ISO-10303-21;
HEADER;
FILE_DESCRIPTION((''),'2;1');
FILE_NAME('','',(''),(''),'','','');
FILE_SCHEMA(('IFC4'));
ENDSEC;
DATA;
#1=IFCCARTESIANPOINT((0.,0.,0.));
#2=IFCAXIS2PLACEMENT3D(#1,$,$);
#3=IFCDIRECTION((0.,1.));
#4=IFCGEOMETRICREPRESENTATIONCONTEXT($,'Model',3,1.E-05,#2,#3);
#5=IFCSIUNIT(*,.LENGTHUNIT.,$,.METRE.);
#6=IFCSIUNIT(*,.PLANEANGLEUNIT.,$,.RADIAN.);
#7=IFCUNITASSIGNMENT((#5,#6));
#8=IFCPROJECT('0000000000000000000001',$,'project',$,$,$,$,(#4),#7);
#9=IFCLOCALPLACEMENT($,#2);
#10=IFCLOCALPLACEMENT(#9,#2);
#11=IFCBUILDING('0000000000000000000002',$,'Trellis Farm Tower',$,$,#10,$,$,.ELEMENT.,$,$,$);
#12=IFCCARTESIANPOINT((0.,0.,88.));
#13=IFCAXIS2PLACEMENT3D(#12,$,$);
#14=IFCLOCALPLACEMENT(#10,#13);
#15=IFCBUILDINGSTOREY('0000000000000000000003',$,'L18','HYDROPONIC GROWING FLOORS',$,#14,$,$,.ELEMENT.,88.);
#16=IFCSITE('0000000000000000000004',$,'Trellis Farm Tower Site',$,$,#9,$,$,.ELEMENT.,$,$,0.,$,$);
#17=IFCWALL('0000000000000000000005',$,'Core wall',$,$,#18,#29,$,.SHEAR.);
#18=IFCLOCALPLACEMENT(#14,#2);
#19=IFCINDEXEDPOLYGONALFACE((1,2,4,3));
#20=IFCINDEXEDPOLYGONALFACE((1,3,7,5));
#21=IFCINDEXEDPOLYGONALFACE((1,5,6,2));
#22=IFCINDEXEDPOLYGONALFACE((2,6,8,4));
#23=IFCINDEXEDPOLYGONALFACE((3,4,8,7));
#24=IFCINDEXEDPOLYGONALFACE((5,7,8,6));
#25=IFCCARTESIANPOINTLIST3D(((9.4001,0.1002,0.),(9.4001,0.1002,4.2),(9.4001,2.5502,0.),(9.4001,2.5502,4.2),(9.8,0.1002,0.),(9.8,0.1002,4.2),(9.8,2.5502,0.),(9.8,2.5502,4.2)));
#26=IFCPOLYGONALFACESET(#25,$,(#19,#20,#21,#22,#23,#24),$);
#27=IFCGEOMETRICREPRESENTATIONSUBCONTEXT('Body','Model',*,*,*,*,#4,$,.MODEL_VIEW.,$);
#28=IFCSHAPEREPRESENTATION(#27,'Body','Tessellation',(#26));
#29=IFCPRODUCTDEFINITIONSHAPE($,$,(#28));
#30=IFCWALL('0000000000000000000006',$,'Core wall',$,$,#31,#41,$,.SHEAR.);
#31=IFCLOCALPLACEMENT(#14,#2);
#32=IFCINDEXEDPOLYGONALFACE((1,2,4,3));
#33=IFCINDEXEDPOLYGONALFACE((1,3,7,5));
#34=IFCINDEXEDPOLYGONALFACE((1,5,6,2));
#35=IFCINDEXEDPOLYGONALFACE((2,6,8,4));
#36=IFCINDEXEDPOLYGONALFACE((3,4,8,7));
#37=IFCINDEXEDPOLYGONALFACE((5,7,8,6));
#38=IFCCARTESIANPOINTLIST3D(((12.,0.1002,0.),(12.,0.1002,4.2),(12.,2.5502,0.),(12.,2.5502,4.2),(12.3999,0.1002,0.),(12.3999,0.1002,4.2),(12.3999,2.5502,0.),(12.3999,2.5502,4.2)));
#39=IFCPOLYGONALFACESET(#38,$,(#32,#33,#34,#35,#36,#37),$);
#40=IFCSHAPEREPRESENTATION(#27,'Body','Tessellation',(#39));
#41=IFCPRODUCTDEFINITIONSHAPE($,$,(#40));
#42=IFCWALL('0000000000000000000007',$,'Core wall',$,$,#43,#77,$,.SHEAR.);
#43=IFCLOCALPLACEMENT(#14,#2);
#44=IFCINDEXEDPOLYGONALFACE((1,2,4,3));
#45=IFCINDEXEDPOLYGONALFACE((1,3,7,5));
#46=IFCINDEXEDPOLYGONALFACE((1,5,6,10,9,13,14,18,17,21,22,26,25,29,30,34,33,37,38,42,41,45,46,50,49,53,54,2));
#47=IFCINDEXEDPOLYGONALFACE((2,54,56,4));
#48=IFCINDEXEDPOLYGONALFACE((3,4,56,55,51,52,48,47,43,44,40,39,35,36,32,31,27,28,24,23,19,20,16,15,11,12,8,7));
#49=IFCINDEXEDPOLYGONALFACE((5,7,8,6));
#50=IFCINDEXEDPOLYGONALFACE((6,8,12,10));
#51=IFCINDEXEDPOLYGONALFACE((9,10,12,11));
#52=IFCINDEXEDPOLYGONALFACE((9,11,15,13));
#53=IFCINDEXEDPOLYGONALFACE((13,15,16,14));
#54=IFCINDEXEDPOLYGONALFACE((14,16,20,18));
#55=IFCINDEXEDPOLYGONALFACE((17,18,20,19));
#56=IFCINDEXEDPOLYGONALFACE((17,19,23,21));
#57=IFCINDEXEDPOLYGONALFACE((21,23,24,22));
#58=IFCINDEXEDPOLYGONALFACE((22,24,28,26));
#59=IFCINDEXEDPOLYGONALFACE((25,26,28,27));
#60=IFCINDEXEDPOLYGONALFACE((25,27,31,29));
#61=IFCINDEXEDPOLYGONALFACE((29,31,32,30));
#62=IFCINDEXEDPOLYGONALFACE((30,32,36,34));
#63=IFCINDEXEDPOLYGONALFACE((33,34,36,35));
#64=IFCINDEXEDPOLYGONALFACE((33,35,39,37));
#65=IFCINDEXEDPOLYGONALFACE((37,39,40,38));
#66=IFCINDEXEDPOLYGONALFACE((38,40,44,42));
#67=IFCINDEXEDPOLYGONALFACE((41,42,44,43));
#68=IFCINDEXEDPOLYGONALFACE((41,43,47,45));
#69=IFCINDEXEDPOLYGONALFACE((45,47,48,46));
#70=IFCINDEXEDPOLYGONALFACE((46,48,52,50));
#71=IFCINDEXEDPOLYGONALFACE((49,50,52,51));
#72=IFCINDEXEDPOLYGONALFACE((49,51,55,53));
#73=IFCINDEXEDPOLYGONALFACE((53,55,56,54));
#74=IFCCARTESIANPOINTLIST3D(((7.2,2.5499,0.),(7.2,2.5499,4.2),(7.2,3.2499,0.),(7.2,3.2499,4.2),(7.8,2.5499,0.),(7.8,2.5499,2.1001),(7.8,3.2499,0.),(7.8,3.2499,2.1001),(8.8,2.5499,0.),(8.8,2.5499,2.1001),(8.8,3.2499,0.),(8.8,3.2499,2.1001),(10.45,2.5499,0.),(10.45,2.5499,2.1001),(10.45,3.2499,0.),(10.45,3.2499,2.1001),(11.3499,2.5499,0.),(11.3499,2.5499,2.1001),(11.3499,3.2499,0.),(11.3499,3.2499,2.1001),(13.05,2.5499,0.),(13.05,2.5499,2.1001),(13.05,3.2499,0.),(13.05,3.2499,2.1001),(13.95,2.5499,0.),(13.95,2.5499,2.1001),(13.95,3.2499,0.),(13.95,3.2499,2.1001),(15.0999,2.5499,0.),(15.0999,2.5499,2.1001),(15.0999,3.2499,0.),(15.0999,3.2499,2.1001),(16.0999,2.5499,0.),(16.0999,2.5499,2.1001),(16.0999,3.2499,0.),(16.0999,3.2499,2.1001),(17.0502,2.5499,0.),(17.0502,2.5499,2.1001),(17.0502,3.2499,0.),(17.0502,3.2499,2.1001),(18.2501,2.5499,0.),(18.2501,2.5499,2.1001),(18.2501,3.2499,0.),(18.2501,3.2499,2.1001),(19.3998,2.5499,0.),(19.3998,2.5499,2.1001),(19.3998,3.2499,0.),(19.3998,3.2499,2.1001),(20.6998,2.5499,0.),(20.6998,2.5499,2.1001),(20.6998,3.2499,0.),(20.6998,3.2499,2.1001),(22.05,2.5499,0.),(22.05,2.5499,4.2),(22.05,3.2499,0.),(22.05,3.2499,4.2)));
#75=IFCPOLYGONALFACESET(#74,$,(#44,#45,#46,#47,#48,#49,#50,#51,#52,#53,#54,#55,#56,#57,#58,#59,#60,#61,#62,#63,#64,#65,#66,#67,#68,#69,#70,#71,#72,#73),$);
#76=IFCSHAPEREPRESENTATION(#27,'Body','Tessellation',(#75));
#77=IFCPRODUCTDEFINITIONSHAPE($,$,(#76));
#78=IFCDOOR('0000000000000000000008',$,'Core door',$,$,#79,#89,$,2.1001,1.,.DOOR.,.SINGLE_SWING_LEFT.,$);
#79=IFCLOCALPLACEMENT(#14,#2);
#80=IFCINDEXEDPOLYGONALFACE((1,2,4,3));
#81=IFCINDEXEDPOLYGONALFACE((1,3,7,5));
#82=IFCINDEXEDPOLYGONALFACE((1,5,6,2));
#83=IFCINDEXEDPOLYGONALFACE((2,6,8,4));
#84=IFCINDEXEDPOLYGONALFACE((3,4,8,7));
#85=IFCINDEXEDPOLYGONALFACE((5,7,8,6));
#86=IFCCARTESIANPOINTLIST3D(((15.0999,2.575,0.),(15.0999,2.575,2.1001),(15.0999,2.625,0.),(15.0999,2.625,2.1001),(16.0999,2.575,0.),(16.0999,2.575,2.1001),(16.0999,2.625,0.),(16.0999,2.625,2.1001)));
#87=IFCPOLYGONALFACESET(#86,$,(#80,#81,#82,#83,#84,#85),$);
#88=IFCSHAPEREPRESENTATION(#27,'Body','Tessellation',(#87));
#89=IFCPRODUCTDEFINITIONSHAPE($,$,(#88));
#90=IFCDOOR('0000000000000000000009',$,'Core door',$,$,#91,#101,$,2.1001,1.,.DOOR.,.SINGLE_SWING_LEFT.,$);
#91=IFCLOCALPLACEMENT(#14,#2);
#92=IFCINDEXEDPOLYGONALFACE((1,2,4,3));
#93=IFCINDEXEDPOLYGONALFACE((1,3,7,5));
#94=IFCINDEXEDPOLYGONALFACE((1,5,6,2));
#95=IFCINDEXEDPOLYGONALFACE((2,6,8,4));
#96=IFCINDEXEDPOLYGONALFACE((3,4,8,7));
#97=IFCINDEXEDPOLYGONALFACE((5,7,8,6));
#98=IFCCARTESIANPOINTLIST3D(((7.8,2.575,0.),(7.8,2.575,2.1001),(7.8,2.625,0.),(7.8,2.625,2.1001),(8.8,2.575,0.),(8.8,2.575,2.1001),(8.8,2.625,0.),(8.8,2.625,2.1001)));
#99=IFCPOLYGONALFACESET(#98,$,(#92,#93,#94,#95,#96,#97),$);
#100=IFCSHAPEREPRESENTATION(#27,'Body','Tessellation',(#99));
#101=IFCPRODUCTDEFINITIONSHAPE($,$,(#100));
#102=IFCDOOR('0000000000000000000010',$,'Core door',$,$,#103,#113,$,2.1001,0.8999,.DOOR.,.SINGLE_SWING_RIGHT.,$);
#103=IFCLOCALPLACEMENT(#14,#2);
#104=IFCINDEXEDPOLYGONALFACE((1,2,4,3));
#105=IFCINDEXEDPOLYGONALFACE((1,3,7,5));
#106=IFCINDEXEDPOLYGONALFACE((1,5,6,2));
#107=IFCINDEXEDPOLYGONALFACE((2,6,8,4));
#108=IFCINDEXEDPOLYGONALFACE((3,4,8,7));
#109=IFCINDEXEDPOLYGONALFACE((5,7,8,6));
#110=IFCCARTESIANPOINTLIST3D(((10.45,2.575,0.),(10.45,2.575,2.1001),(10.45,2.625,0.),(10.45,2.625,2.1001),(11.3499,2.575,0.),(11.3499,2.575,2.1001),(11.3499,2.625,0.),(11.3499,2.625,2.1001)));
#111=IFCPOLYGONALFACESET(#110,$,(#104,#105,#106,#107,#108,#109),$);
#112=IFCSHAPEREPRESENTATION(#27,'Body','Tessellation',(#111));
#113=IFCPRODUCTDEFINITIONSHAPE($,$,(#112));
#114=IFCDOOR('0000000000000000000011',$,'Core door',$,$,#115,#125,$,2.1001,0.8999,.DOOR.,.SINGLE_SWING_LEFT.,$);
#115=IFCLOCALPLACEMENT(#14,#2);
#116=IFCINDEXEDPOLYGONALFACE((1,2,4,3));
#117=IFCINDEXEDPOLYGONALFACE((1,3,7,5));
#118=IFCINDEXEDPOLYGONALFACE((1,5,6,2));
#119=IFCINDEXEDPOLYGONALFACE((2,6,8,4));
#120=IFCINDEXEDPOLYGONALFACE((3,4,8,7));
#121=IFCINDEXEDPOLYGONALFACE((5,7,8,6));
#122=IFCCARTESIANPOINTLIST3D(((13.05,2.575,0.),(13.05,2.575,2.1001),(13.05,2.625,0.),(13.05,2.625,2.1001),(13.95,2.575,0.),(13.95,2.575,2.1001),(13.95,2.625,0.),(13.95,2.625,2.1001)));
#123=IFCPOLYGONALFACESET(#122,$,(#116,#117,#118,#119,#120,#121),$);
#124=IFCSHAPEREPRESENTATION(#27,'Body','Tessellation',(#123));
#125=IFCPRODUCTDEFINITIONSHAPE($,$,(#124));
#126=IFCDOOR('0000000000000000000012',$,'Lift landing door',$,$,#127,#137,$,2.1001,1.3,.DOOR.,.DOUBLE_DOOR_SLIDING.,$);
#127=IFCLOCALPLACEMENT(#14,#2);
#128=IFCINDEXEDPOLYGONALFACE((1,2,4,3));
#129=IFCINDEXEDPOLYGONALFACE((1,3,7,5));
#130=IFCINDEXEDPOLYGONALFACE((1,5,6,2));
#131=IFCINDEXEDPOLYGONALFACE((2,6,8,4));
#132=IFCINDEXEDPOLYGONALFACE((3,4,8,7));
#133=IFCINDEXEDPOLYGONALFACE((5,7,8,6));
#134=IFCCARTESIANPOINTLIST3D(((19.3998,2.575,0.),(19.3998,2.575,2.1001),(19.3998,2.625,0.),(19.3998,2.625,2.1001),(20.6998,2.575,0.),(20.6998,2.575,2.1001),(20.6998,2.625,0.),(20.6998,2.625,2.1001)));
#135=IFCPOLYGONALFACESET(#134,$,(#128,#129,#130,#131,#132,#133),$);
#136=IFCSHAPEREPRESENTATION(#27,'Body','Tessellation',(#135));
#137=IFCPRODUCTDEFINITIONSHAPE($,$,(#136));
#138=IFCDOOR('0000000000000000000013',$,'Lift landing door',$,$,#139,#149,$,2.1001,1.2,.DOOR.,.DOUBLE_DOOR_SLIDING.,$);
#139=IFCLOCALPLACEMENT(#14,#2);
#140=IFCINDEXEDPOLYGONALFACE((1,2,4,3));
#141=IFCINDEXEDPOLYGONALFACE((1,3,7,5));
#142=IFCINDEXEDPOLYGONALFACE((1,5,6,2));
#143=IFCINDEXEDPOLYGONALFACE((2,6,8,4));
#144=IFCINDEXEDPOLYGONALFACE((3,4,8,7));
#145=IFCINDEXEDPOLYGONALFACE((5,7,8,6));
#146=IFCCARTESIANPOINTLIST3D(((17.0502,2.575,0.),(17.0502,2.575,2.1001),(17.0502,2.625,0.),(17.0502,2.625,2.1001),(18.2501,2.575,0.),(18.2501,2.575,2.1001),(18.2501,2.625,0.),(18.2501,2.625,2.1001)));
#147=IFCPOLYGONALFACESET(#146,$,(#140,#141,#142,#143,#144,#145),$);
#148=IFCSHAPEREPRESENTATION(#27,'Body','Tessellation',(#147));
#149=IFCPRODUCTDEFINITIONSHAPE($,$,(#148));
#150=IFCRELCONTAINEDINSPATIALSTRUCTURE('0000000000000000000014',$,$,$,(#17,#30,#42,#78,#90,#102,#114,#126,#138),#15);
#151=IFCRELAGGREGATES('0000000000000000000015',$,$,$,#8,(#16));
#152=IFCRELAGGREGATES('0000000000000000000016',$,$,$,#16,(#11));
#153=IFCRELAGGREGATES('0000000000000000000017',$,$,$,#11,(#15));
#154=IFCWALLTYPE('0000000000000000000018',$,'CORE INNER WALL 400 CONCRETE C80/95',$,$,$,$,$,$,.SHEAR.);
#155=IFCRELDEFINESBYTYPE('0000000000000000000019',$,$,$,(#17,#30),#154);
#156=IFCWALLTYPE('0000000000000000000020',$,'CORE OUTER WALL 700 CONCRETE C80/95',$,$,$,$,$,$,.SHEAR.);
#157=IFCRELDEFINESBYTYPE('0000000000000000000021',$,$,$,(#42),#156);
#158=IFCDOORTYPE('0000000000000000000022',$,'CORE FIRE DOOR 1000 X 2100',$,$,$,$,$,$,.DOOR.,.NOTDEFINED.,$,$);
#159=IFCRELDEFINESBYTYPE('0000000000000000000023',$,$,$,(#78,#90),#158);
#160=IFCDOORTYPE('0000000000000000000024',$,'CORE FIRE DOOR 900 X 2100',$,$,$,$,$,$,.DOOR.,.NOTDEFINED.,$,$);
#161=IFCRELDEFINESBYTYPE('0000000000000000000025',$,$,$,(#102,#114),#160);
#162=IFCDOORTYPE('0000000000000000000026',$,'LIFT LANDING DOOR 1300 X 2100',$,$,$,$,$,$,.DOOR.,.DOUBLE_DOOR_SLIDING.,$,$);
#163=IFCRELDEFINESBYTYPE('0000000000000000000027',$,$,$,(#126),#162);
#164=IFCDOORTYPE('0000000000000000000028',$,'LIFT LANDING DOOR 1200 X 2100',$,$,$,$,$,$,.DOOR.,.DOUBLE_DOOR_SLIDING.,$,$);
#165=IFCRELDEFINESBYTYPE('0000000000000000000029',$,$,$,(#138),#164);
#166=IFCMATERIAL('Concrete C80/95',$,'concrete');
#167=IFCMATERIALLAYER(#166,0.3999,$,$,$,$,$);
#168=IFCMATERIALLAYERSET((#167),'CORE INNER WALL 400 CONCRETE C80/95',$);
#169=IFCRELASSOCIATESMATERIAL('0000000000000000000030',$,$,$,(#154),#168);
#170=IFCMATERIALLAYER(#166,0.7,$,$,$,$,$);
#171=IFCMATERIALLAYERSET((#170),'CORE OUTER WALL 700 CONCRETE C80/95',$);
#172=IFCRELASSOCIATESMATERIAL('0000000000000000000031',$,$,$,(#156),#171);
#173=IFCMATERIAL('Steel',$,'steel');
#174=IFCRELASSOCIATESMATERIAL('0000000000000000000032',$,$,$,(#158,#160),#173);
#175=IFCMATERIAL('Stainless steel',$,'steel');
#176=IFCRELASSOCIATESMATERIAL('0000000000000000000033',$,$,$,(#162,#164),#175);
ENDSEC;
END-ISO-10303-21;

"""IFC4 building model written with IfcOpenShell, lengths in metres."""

from ifc_helpers import new_model, si_unit, direction, frame, frame_2d, origin, place, context, subcontext, project, spatial, rectangle, extrude, source, transform, mapped, material, layer, layer_set, type_object, element, fill, save


model = new_model("IFC4")

# Units and contexts
model_context = context("Model", 3, precision=1e-05, world=origin(), true_north=direction((0.0, 1.0)))
body_context = subcontext(model_context, "Body", "Model", "MODEL_VIEW")
ifc_project = project(units=[si_unit("LENGTHUNIT", "METRE"), si_unit("PLANEANGLEUNIT", "RADIAN")], contexts=[model_context])

# Site, building, storey
site_placement = place(None, origin())
site = spatial("IfcSite", under=ifc_project, at=site_placement, Name="Trellis Farm Tower Site", CompositionType="ELEMENT", RefElevation=0.0)
building_placement = place(site_placement, origin())
building = spatial("IfcBuilding", under=site, at=building_placement, Name="Trellis Farm Tower", CompositionType="ELEMENT")
storey_placement = place(building_placement, frame((0.0, 0.0, 88.0)))
storey = spatial("IfcBuildingStorey", under=building, at=storey_placement, Name="L18", Description="HYDROPONIC GROWING FLOORS", CompositionType="ELEMENT", Elevation=88.0)

# Shared definitions
ifc_material_1 = material(Name="Concrete C80/95", Category="concrete")

# Walls
ifc_layer_1 = layer(ifc_material_1, 0.3999)
ifc_layer_set_1 = layer_set([ifc_layer_1], Name="CORE INNER WALL 400 CONCRETE C80/95")
wall_type_1 = type_object("IfcWallType", Name="CORE INNER WALL 400 CONCRETE C80/95", PredefinedType="SHEAR", material=ifc_layer_set_1)
shared_shape_1 = source(origin(), body_context, "Body", "SweptSolid", [
    extrude(rectangle(XDim=2.45, YDim=0.3999, at=frame_2d((1.2251, 0.0))), origin(), (0.0, 0.0, 1.0), 4.2),
])
for number, where, z_axis, x_axis, name in (
    (1, (9.6001, 0.1001, 0.0), (0.0, 0.0, 1.0), (0.0, 1.0, 0.0), "Core wall"),
    (2, (12.2, 0.1001, 0.0), (0.0, 0.0, 1.0), (0.0, 1.0, 0.0), "Core wall"),
):
    element("IfcWall", number, at=place(storey_placement, frame(where, z_axis=z_axis, x_axis=x_axis)), inside=storey, type_object=wall_type_1, Name=name, PredefinedType="SHEAR", context=body_context, shape_type="MappedRepresentation", body=[
        mapped(shared_shape_1, transform((0.0, 0.0, 0.0))),
    ])

# Wall, openings, doors
ifc_layer_2 = layer(ifc_material_1, 0.7)
ifc_layer_set_2 = layer_set([ifc_layer_2], Name="CORE OUTER WALL 700 CONCRETE C80/95")
wall_type_2 = type_object("IfcWallType", Name="CORE OUTER WALL 700 CONCRETE C80/95", PredefinedType="SHEAR", material=ifc_layer_set_2)
shared_shape_2 = source(origin(), body_context, "Body", "SweptSolid", [
    extrude(rectangle(XDim=14.8501, YDim=0.7, at=frame_2d((7.425, 0.0))), origin(), (0.0, 0.0, 1.0), 4.2),
])
wall_1_placement = place(storey_placement, frame((7.2, 2.8999, 0.0), z_axis=(0.0, 0.0, 1.0), x_axis=(1.0, 0.0, 0.0)))
wall_1 = element("IfcWall", 3, at=wall_1_placement, inside=storey, type_object=wall_type_2, Name="Core wall", PredefinedType="SHEAR", context=body_context, shape_type="MappedRepresentation", body=[
    mapped(shared_shape_2, transform((0.0, 0.0, 0.0))),
])
shared_shape_3 = source(origin(), body_context, "Body", "SweptSolid", [
    extrude(rectangle(XDim=1.3, YDim=2.1001, at=frame_2d((0.6499, 1.05))), frame((0.0, 0.3601, 0.0), z_axis=(0.0, -1.0, 0.0), x_axis=(1.0, 0.0, 0.0)), (0.0, 0.0, 1.0), 0.7202),
])
opening_1_placement = place(wall_1_placement, frame((12.2, 0.0, 0.0)))
opening_1 = element("IfcOpeningElement", 4, at=opening_1_placement, cuts=wall_1, PredefinedType="OPENING", context=body_context, shape_type="MappedRepresentation", body=[
    mapped(shared_shape_3, transform((0.0, 0.0, 0.0))),
])
shared_shape_4 = source(origin(), body_context, "Body", "SweptSolid", [
    extrude(rectangle(XDim=1.2, YDim=2.1001, at=frame_2d((0.6001, 1.05))), frame((0.0, 0.3601, 0.0), z_axis=(0.0, -1.0, 0.0), x_axis=(1.0, 0.0, 0.0)), (0.0, 0.0, 1.0), 0.7202),
])
opening_2_placement = place(wall_1_placement, frame((9.8501, 0.0, 0.0)))
opening_2 = element("IfcOpeningElement", 5, at=opening_2_placement, cuts=wall_1, PredefinedType="OPENING", context=body_context, shape_type="MappedRepresentation", body=[
    mapped(shared_shape_4, transform((0.0, 0.0, 0.0))),
])
shared_shape_5 = source(origin(), body_context, "Body", "SweptSolid", [
    extrude(rectangle(XDim=1.0, YDim=2.1001, at=frame_2d((0.5, 1.05))), frame((0.0, 0.3601, 0.0), z_axis=(0.0, -1.0, 0.0), x_axis=(1.0, 0.0, 0.0)), (0.0, 0.0, 1.0), 0.7202),
])
opening_3_placement = place(wall_1_placement, frame((7.8999, 0.0, 0.0)))
opening_3 = element("IfcOpeningElement", 6, at=opening_3_placement, cuts=wall_1, PredefinedType="OPENING", context=body_context, shape_type="MappedRepresentation", body=[
    mapped(shared_shape_5, transform((0.0, 0.0, 0.0))),
])
opening_4_placement = place(wall_1_placement, frame((0.6001, 0.0, 0.0)))
opening_4 = element("IfcOpeningElement", 7, at=opening_4_placement, cuts=wall_1, PredefinedType="OPENING", context=body_context, shape_type="MappedRepresentation", body=[
    mapped(shared_shape_5, transform((0.0, 0.0, 0.0))),
])
shared_shape_6 = source(origin(), body_context, "Body", "SweptSolid", [
    extrude(rectangle(XDim=0.8999, YDim=2.1001, at=frame_2d((0.45, 1.05))), frame((0.0, 0.3601, 0.0), z_axis=(0.0, -1.0, 0.0), x_axis=(1.0, 0.0, 0.0)), (0.0, 0.0, 1.0), 0.7202),
])
opening_5_placement = place(wall_1_placement, frame((3.25, 0.0, 0.0)))
opening_5 = element("IfcOpeningElement", 8, at=opening_5_placement, cuts=wall_1, PredefinedType="OPENING", context=body_context, shape_type="MappedRepresentation", body=[
    mapped(shared_shape_6, transform((0.0, 0.0, 0.0))),
])
opening_6_placement = place(wall_1_placement, frame((5.8501, 0.0, 0.0)))
opening_6 = element("IfcOpeningElement", 9, at=opening_6_placement, cuts=wall_1, PredefinedType="OPENING", context=body_context, shape_type="MappedRepresentation", body=[
    mapped(shared_shape_6, transform((0.0, 0.0, 0.0))),
])
ifc_material_2 = material(Name="Steel", Category="steel")
door_type_1 = type_object("IfcDoorType", Name="CORE FIRE DOOR 1000 X 2100", OperationType="NOTDEFINED", PredefinedType="DOOR", material=ifc_material_2)
shared_shape_7 = source(origin(), body_context, "Body", "SweptSolid", [
    extrude(rectangle(XDim=1.0, YDim=2.1001, at=frame_2d((0.5, 1.05))), frame((0.0, -0.2749, 0.0), z_axis=(0.0, -1.0, 0.0), x_axis=(1.0, 0.0, 0.0)), (0.0, 0.0, 1.0), 0.05),
])
door_1_placement = place(opening_3_placement, origin())
door_1 = element("IfcDoor", 10, at=door_1_placement, inside=storey, type_object=door_type_1, Name="Core door", OperationType="SINGLE_SWING_LEFT", OverallHeight=2.1001, OverallWidth=1.0, PredefinedType="DOOR", context=body_context, shape_type="MappedRepresentation", body=[
    mapped(shared_shape_7, transform((0.0, 0.0, 0.0))),
])
fill(opening_3, door_1)
door_2_placement = place(opening_4_placement, origin())
door_2 = element("IfcDoor", 11, at=door_2_placement, inside=storey, type_object=door_type_1, Name="Core door", OperationType="SINGLE_SWING_LEFT", OverallHeight=2.1001, OverallWidth=1.0, PredefinedType="DOOR", context=body_context, shape_type="MappedRepresentation", body=[
    mapped(shared_shape_7, transform((0.0, 0.0, 0.0))),
])
fill(opening_4, door_2)
door_type_2 = type_object("IfcDoorType", Name="CORE FIRE DOOR 900 X 2100", OperationType="NOTDEFINED", PredefinedType="DOOR", material=ifc_material_2)
shared_shape_8 = source(origin(), body_context, "Body", "SweptSolid", [
    extrude(rectangle(XDim=0.8999, YDim=2.1001, at=frame_2d((0.45, 1.05))), frame((0.0, -0.2749, 0.0), z_axis=(0.0, -1.0, 0.0), x_axis=(1.0, 0.0, 0.0)), (0.0, 0.0, 1.0), 0.05),
])
door_3_placement = place(opening_5_placement, origin())
door_3 = element("IfcDoor", 12, at=door_3_placement, inside=storey, type_object=door_type_2, Name="Core door", OperationType="SINGLE_SWING_RIGHT", OverallHeight=2.1001, OverallWidth=0.8999, PredefinedType="DOOR", context=body_context, shape_type="MappedRepresentation", body=[
    mapped(shared_shape_8, transform((0.0, 0.0, 0.0))),
])
fill(opening_5, door_3)
door_4_placement = place(opening_6_placement, origin())
door_4 = element("IfcDoor", 13, at=door_4_placement, inside=storey, type_object=door_type_2, Name="Core door", OperationType="SINGLE_SWING_LEFT", OverallHeight=2.1001, OverallWidth=0.8999, PredefinedType="DOOR", context=body_context, shape_type="MappedRepresentation", body=[
    mapped(shared_shape_8, transform((0.0, 0.0, 0.0))),
])
fill(opening_6, door_4)
ifc_material_3 = material(Name="Stainless steel", Category="steel")
door_type_3 = type_object("IfcDoorType", Name="LIFT LANDING DOOR 1300 X 2100", OperationType="DOUBLE_DOOR_SLIDING", PredefinedType="DOOR", material=ifc_material_3)
shared_shape_9 = source(origin(), body_context, "Body", "SweptSolid", [
    extrude(rectangle(XDim=1.3, YDim=2.1001, at=frame_2d((0.6499, 1.05))), frame((0.0, -0.2749, 0.0), z_axis=(0.0, -1.0, 0.0), x_axis=(1.0, 0.0, 0.0)), (0.0, 0.0, 1.0), 0.05),
])
door_5_placement = place(opening_1_placement, origin())
door_5 = element("IfcDoor", 14, at=door_5_placement, inside=storey, type_object=door_type_3, Name="Lift landing door", OperationType="DOUBLE_DOOR_SLIDING", OverallHeight=2.1001, OverallWidth=1.3, PredefinedType="DOOR", context=body_context, shape_type="MappedRepresentation", body=[
    mapped(shared_shape_9, transform((0.0, 0.0, 0.0))),
])
fill(opening_1, door_5)
door_type_4 = type_object("IfcDoorType", Name="LIFT LANDING DOOR 1200 X 2100", OperationType="DOUBLE_DOOR_SLIDING", PredefinedType="DOOR", material=ifc_material_3)
shared_shape_10 = source(origin(), body_context, "Body", "SweptSolid", [
    extrude(rectangle(XDim=1.2, YDim=2.1001, at=frame_2d((0.6001, 1.05))), frame((0.0, -0.2749, 0.0), z_axis=(0.0, -1.0, 0.0), x_axis=(1.0, 0.0, 0.0)), (0.0, 0.0, 1.0), 0.05),
])
door_6_placement = place(opening_2_placement, origin())
door_6 = element("IfcDoor", 15, at=door_6_placement, inside=storey, type_object=door_type_4, Name="Lift landing door", OperationType="DOUBLE_DOOR_SLIDING", OverallHeight=2.1001, OverallWidth=1.2, PredefinedType="DOOR", context=body_context, shape_type="MappedRepresentation", body=[
    mapped(shared_shape_10, transform((0.0, 0.0, 0.0))),
])
fill(opening_2, door_6)

save(model, "model.ifc")
